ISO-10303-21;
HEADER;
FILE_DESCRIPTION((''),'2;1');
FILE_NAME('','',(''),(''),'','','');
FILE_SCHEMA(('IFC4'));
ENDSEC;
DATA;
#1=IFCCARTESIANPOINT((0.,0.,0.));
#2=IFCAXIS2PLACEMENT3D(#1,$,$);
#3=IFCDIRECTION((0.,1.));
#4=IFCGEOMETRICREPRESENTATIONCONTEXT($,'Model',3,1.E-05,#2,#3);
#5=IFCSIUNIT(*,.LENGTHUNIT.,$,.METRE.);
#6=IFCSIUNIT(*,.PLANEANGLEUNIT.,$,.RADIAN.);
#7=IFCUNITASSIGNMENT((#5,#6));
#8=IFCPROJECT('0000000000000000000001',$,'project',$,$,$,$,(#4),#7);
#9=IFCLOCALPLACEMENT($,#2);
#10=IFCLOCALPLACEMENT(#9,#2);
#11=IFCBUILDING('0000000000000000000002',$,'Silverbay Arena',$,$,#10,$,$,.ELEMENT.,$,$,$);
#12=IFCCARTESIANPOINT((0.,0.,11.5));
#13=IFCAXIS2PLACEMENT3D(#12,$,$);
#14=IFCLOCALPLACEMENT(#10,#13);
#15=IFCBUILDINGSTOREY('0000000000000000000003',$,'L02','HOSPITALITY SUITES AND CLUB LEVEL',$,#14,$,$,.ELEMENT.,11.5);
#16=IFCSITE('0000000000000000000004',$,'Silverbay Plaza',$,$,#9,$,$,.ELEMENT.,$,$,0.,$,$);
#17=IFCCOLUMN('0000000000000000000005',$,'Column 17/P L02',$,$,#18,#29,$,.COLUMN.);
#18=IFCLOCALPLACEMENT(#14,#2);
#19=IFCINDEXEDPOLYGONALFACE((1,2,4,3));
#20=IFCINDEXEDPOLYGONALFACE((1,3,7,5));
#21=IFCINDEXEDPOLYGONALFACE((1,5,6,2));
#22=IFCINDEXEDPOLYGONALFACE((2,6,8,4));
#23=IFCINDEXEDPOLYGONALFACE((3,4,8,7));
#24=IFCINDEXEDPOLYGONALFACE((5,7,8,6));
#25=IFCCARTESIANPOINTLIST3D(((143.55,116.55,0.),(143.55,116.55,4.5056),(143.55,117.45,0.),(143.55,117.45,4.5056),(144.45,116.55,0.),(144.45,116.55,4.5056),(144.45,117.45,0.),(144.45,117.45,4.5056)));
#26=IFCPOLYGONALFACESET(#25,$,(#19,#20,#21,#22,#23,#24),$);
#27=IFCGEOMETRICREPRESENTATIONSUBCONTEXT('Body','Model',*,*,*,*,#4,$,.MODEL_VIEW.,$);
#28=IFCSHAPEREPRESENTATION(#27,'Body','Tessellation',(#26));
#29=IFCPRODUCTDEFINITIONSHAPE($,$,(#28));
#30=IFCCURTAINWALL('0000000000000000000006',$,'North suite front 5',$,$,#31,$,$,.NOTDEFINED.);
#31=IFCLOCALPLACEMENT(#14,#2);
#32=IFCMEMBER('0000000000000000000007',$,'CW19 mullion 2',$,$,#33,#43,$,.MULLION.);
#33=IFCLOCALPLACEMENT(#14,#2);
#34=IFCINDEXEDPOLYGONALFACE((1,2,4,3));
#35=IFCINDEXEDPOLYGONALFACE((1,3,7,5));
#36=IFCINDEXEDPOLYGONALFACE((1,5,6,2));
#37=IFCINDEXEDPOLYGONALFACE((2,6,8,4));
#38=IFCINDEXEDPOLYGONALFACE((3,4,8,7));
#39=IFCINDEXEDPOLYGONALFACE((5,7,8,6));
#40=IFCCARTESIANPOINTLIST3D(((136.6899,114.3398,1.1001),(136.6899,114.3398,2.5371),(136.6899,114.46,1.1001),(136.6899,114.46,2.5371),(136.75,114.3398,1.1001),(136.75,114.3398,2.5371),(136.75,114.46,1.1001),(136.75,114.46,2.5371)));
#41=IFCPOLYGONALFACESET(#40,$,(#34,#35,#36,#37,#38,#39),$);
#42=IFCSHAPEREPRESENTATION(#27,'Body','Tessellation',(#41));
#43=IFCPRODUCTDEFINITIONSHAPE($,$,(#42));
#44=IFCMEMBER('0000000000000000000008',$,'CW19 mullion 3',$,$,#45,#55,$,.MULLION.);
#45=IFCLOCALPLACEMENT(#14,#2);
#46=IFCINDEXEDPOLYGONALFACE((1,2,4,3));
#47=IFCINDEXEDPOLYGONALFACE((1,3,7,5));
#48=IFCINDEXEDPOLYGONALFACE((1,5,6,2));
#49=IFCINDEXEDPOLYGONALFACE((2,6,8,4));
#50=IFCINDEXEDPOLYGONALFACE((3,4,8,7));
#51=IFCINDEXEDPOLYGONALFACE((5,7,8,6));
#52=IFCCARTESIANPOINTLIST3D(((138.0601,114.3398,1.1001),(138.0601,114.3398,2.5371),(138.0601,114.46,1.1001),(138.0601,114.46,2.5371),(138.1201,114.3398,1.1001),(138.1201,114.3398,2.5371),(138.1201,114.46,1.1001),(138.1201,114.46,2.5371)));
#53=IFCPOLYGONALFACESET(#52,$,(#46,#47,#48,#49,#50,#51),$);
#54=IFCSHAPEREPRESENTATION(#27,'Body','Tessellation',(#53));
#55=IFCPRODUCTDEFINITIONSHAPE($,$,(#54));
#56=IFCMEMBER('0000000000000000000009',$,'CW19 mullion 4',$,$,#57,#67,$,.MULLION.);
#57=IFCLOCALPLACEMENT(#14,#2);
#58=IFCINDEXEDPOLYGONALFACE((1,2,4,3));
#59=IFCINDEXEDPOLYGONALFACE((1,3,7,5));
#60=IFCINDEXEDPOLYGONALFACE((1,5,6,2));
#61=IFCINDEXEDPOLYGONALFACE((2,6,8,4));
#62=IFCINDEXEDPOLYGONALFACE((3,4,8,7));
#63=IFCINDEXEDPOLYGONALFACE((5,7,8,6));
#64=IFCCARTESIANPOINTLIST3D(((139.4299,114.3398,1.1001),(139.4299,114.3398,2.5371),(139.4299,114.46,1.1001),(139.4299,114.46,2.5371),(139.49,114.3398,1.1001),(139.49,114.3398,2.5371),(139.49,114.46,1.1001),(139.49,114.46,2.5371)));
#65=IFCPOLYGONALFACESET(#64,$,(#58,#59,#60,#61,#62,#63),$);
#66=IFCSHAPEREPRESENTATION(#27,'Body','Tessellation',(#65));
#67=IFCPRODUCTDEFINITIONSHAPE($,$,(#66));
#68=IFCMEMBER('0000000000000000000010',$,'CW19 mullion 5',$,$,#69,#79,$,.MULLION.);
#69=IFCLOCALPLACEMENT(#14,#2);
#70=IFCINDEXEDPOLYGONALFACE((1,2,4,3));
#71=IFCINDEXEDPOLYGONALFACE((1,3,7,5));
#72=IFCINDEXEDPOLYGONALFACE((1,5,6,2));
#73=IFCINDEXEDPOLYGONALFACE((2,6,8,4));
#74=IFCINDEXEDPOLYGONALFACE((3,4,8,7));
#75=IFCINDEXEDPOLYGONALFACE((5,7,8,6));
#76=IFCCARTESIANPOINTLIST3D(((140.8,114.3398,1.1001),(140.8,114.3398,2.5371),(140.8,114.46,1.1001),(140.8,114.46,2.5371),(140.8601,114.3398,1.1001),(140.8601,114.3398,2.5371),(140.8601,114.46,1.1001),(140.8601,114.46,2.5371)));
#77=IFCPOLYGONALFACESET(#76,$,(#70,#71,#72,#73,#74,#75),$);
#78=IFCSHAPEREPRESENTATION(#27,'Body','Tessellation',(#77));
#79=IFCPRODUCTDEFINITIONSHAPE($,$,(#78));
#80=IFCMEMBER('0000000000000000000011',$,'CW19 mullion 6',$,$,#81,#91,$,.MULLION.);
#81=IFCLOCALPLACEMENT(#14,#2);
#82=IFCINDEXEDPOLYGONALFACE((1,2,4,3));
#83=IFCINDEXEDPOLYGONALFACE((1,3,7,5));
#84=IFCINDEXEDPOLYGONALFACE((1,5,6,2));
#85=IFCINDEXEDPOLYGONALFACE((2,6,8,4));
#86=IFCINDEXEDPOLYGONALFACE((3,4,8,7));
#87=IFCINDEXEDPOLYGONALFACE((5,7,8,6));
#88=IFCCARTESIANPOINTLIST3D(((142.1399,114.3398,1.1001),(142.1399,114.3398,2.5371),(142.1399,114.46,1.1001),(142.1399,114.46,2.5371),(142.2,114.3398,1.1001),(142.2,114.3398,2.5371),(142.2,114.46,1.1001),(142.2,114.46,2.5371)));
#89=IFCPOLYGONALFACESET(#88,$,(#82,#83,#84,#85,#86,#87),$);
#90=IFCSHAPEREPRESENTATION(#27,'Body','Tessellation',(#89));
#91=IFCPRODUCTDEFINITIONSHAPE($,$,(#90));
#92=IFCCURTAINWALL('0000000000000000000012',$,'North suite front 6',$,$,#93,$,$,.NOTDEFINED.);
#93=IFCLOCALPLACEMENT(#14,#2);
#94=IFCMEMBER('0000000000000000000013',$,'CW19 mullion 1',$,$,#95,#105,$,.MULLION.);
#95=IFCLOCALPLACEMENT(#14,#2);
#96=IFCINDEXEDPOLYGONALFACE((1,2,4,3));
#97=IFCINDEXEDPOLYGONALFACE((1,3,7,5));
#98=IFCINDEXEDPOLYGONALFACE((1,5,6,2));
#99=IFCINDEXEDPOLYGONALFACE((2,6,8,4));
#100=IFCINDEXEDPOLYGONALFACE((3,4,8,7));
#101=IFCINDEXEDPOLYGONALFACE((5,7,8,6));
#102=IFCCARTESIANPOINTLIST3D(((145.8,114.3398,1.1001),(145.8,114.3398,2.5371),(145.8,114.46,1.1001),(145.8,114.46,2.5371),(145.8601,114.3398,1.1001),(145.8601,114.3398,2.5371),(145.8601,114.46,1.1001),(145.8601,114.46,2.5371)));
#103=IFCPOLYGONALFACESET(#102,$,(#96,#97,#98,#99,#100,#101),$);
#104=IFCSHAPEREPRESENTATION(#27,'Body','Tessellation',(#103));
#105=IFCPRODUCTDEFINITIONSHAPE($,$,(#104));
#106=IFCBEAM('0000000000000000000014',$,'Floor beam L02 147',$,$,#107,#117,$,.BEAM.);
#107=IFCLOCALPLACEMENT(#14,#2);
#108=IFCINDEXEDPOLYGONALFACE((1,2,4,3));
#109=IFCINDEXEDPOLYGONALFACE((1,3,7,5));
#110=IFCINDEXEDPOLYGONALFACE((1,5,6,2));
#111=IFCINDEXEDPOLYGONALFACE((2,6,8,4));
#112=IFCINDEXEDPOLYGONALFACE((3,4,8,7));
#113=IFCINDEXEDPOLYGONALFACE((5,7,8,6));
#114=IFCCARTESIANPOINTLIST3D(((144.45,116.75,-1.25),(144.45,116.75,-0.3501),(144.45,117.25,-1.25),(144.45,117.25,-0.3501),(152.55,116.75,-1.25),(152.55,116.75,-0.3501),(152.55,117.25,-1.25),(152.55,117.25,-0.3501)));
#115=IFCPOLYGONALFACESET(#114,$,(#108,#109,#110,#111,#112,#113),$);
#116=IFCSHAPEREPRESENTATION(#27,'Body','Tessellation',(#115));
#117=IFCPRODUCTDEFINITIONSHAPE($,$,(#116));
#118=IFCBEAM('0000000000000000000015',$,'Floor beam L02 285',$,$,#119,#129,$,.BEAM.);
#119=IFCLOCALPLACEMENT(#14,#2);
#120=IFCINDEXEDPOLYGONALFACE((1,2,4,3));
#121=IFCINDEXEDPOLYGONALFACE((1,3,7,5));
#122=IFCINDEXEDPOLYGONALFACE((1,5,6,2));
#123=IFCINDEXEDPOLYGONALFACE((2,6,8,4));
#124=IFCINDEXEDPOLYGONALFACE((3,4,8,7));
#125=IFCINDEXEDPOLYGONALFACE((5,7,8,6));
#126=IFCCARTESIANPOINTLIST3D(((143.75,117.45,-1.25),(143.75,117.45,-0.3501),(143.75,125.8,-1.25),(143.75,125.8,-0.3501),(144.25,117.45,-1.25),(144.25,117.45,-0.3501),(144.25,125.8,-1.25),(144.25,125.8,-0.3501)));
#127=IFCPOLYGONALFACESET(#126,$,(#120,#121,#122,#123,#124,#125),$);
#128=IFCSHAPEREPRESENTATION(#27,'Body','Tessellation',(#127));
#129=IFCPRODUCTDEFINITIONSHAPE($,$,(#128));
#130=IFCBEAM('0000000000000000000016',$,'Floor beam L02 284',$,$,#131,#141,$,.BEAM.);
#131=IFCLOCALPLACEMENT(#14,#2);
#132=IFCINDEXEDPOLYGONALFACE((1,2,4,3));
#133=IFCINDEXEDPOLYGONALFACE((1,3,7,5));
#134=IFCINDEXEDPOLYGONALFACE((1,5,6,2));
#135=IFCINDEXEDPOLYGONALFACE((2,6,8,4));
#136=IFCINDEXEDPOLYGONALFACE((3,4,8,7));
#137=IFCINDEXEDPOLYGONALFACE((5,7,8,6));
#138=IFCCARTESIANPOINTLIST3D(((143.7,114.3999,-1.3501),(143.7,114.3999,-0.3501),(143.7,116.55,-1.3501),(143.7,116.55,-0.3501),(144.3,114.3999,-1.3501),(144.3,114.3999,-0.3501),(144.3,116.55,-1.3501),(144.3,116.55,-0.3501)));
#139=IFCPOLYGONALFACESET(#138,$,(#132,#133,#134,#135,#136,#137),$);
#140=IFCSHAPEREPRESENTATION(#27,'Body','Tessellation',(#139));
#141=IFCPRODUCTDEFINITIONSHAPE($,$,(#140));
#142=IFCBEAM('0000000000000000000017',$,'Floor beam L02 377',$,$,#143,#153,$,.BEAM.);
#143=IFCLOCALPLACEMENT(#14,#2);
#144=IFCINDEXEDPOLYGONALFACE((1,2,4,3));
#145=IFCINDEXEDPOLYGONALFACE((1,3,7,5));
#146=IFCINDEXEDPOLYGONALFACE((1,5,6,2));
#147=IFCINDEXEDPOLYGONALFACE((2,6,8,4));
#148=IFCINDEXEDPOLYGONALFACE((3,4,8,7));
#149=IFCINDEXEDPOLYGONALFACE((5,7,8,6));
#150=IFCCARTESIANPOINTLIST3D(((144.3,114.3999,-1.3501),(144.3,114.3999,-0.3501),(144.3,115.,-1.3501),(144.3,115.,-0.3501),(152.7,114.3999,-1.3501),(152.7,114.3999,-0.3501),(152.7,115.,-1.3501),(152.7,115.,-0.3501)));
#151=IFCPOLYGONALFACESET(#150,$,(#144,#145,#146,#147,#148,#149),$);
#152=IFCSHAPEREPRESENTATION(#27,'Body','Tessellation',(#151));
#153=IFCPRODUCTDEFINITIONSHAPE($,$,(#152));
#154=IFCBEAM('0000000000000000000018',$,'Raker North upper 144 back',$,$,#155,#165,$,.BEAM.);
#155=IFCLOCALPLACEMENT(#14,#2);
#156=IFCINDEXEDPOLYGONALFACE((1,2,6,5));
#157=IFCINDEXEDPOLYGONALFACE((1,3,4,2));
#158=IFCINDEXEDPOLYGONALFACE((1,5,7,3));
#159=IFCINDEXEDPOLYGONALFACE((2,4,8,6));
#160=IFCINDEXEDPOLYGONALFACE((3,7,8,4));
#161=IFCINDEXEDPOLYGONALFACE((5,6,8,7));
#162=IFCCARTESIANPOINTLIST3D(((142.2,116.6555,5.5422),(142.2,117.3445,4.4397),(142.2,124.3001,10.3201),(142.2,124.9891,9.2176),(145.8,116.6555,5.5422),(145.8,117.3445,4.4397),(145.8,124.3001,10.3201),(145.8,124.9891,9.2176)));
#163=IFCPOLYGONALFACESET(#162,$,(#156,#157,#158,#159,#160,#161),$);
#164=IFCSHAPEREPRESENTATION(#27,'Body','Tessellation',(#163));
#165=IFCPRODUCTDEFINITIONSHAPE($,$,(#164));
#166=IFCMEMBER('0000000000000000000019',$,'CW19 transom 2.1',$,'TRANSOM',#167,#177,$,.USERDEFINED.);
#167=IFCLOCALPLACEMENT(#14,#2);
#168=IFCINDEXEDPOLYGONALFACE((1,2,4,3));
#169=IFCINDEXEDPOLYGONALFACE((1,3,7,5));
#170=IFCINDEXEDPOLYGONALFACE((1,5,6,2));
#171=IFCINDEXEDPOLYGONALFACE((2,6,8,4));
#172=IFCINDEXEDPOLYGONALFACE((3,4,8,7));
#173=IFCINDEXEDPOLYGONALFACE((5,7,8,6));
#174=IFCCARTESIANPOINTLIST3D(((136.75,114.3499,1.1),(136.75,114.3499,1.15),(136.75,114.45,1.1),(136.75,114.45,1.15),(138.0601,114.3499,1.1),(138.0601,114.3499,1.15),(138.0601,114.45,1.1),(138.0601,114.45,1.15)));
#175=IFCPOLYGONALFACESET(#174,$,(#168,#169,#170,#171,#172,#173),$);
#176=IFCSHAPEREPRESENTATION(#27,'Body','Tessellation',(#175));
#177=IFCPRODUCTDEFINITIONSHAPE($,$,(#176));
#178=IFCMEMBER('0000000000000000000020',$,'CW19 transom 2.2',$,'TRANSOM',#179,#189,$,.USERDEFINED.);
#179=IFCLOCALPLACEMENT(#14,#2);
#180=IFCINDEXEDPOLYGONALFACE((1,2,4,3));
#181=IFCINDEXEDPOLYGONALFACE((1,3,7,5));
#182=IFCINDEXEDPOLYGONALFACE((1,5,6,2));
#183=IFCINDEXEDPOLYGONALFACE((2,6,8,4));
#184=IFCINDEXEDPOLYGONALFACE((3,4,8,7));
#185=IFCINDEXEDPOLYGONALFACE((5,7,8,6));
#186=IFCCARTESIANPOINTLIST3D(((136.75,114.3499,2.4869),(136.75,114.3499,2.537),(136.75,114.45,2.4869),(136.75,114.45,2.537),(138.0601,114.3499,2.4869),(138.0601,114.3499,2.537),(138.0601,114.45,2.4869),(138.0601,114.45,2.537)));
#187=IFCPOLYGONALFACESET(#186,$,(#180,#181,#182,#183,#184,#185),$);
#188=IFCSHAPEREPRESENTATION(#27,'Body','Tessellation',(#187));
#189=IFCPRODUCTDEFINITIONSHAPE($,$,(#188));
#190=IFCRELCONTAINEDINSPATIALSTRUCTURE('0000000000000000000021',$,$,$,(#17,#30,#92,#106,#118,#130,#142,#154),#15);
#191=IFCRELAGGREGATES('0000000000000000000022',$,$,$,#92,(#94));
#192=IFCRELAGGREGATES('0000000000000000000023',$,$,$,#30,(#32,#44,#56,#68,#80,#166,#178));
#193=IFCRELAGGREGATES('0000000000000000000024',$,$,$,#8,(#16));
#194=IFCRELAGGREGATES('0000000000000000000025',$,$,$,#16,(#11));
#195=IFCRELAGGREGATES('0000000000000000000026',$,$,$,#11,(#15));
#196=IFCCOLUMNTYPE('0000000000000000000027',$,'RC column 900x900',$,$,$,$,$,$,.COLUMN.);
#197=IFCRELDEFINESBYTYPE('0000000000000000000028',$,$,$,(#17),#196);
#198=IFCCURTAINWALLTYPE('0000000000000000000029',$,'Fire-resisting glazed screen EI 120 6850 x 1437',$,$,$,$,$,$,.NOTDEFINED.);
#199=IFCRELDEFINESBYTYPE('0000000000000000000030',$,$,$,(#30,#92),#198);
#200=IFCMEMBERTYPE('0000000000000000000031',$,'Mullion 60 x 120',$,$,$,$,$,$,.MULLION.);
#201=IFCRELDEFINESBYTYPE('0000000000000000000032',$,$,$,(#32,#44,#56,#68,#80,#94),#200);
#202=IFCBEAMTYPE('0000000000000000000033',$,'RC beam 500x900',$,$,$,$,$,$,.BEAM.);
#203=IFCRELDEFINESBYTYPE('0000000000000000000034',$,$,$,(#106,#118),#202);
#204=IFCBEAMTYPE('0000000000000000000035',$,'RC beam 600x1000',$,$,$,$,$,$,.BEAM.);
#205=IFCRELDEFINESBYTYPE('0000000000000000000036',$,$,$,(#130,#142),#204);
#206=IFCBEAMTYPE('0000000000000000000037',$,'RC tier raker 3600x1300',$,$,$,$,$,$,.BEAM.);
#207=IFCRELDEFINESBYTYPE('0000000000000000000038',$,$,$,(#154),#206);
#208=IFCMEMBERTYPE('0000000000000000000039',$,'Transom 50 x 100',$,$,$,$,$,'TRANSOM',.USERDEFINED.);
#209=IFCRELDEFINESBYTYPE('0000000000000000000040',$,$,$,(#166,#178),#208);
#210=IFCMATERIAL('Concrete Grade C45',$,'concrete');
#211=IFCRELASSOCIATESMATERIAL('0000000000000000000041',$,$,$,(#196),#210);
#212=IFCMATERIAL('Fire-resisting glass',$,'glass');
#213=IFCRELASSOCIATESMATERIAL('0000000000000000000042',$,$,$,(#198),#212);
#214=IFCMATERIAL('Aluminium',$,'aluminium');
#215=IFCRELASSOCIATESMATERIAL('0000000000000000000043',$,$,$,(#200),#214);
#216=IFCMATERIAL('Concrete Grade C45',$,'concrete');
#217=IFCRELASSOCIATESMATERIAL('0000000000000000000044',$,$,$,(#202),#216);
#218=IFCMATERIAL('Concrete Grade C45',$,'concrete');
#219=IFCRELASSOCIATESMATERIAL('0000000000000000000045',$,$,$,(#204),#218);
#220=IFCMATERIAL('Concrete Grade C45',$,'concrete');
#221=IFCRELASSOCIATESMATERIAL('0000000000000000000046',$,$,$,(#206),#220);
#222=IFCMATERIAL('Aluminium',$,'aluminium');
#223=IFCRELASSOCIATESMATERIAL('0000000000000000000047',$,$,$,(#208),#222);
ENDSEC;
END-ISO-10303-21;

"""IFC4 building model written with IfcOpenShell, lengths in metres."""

from ifc_helpers import new_model, si_unit, direction, frame, origin, origin_2d, place, context, subcontext, project, spatial, rectangle, extrude, material, material_profile, profile_set, type_object, element, aggregate, save


model = new_model("IFC4")

# Units and contexts
model_context = context("Model", 3, precision=1e-05, world=origin(), true_north=direction((0.0, 1.0)))
body_context = subcontext(model_context, "Body", "Model", "MODEL_VIEW")
ifc_project = project(units=[si_unit("LENGTHUNIT", "METRE"), si_unit("PLANEANGLEUNIT", "RADIAN")], contexts=[model_context])

# Site, building, storey
site_placement = place(None, origin())
site = spatial("IfcSite", under=ifc_project, at=site_placement, Name="Silverbay Plaza", CompositionType="ELEMENT", RefElevation=0.0)
building_placement = place(site_placement, origin())
building = spatial("IfcBuilding", under=site, at=building_placement, Name="Silverbay Arena", CompositionType="ELEMENT")
storey_placement = place(building_placement, frame((0.0, 0.0, 11.5)))
storey = spatial("IfcBuildingStorey", under=building, at=storey_placement, Name="L02", Description="HOSPITALITY SUITES AND CLUB LEVEL", CompositionType="ELEMENT", Elevation=11.5)

# Column
ifc_material_1 = material(Name="Concrete Grade C45", Category="concrete")
ifc_material_profile_1 = material_profile(ifc_material_1, rectangle(XDim=0.8999, YDim=0.8999, at=origin_2d()), Name="RC 900x900")
ifc_profile_set_1 = profile_set([ifc_material_profile_1], Name="Concrete Grade C45")
column_type = type_object("IfcColumnType", Name="RC column 900x900", PredefinedType="COLUMN", material=ifc_profile_set_1)
column_placement = place(storey_placement, frame((144.0, 117.0, 0.0), z_axis=(0.0, 0.0, 1.0), x_axis=(1.0, 0.0, 0.0)))
element("IfcColumn", 1, at=column_placement, inside=storey, type_object=column_type, Name="Column 17/P L02", PredefinedType="COLUMN", context=body_context, shape_type="SweptSolid", body=[
    extrude(rectangle(XDim=0.8999, YDim=0.8999, at=origin_2d()), origin(), (0.0, 0.0, 1.0), 4.5056),
])

# Curtain wall, members
ifc_material_2 = material(Name="Fire-resisting glass", Category="glass")
curtain_wall_type = type_object("IfcCurtainWallType", Name="Fire-resisting glazed screen EI 120 6850 x 1437", PredefinedType="NOTDEFINED", material=ifc_material_2)
curtain_wall_1_placement = place(storey_placement, origin())
curtain_wall_1 = element("IfcCurtainWall", 2, at=curtain_wall_1_placement, inside=storey, type_object=curtain_wall_type, Name="North suite front 5", PredefinedType="NOTDEFINED")
ifc_material_3 = material(Name="Aluminium", Category="aluminium")
ifc_material_profile_2 = material_profile(ifc_material_3, rectangle(XDim=0.1201, YDim=0.0601, at=origin_2d()), Name="Mullion 60 x 120")
ifc_profile_set_2 = profile_set([ifc_material_profile_2], Name="Aluminium")
member_type_1 = type_object("IfcMemberType", Name="Mullion 60 x 120", PredefinedType="MULLION", material=ifc_profile_set_2)
member_1_placement = place(storey_placement, frame((136.72, 114.3999, 1.1001), z_axis=(0.0, 0.0, 1.0), x_axis=(0.0, 1.0, 0.0)))
member_1 = element("IfcMember", 3, at=member_1_placement, type_object=member_type_1, Name="CW19 mullion 2", PredefinedType="MULLION", context=body_context, shape_type="SweptSolid", body=[
    extrude(rectangle(XDim=0.1201, YDim=0.0601, at=origin_2d()), origin(), (0.0, 0.0, 1.0), 1.437),
])
member_2_placement = place(storey_placement, frame((138.0901, 114.3999, 1.1001), z_axis=(0.0, 0.0, 1.0), x_axis=(0.0, 1.0, 0.0)))
member_2 = element("IfcMember", 4, at=member_2_placement, type_object=member_type_1, Name="CW19 mullion 3", PredefinedType="MULLION", context=body_context, shape_type="SweptSolid", body=[
    extrude(rectangle(XDim=0.1201, YDim=0.0601, at=origin_2d()), origin(), (0.0, 0.0, 1.0), 1.437),
])
member_3_placement = place(storey_placement, frame((139.46, 114.3999, 1.1001), z_axis=(0.0, 0.0, 1.0), x_axis=(0.0, 1.0, 0.0)))
member_3 = element("IfcMember", 5, at=member_3_placement, type_object=member_type_1, Name="CW19 mullion 4", PredefinedType="MULLION", context=body_context, shape_type="SweptSolid", body=[
    extrude(rectangle(XDim=0.1201, YDim=0.0601, at=origin_2d()), origin(), (0.0, 0.0, 1.0), 1.437),
])
member_4_placement = place(storey_placement, frame((140.8301, 114.3999, 1.1001), z_axis=(0.0, 0.0, 1.0), x_axis=(0.0, 1.0, 0.0)))
member_4 = element("IfcMember", 6, at=member_4_placement, type_object=member_type_1, Name="CW19 mullion 5", PredefinedType="MULLION", context=body_context, shape_type="SweptSolid", body=[
    extrude(rectangle(XDim=0.1201, YDim=0.0601, at=origin_2d()), origin(), (0.0, 0.0, 1.0), 1.437),
])
member_5_placement = place(storey_placement, frame((142.1699, 114.3999, 1.1001), z_axis=(0.0, 0.0, 1.0), x_axis=(0.0, 1.0, 0.0)))
member_5 = element("IfcMember", 7, at=member_5_placement, type_object=member_type_1, Name="CW19 mullion 6", PredefinedType="MULLION", context=body_context, shape_type="SweptSolid", body=[
    extrude(rectangle(XDim=0.1201, YDim=0.0601, at=origin_2d()), origin(), (0.0, 0.0, 1.0), 1.437),
])

# Curtain wall, member
curtain_wall_2_placement = place(storey_placement, origin())
curtain_wall_2 = element("IfcCurtainWall", 8, at=curtain_wall_2_placement, inside=storey, type_object=curtain_wall_type, Name="North suite front 6", PredefinedType="NOTDEFINED")
member_6_placement = place(storey_placement, frame((145.8301, 114.3999, 1.1001), z_axis=(0.0, 0.0, 1.0), x_axis=(0.0, 1.0, 0.0)))
member_6 = element("IfcMember", 9, at=member_6_placement, type_object=member_type_1, Name="CW19 mullion 1", PredefinedType="MULLION", context=body_context, shape_type="SweptSolid", body=[
    extrude(rectangle(XDim=0.1201, YDim=0.0601, at=origin_2d()), origin(), (0.0, 0.0, 1.0), 1.437),
])

# Beams
ifc_material_4 = material(Name="Concrete Grade C45", Category="concrete")
ifc_material_profile_3 = material_profile(ifc_material_4, rectangle(XDim=0.5, YDim=0.8999, at=origin_2d()), Name="RC 500x900")
ifc_profile_set_3 = profile_set([ifc_material_profile_3], Name="Concrete Grade C45")
beam_type_1 = type_object("IfcBeamType", Name="RC beam 500x900", PredefinedType="BEAM", material=ifc_profile_set_3)
beam_1_placement = place(storey_placement, frame((144.45, 117.0, -0.8), z_axis=(1.0, 0.0, 0.0), x_axis=(0.0, 1.0, 0.0)))
element("IfcBeam", 10, at=beam_1_placement, inside=storey, type_object=beam_type_1, Name="Floor beam L02 147", PredefinedType="BEAM", context=body_context, shape_type="SweptSolid", body=[
    extrude(rectangle(XDim=0.5, YDim=0.8999, at=origin_2d()), origin(), (0.0, 0.0, 1.0), 8.1001),
])
beam_2_placement = place(storey_placement, frame((144.0, 117.45, -0.8), z_axis=(0.0, 1.0, 0.0), x_axis=(-1.0, 0.0, 0.0)))
element("IfcBeam", 11, at=beam_2_placement, inside=storey, type_object=beam_type_1, Name="Floor beam L02 285", PredefinedType="BEAM", context=body_context, shape_type="SweptSolid", body=[
    extrude(rectangle(XDim=0.5, YDim=0.8999, at=origin_2d()), origin(), (0.0, 0.0, 1.0), 8.3501),
])
ifc_material_5 = material(Name="Concrete Grade C45", Category="concrete")
ifc_material_profile_4 = material_profile(ifc_material_5, rectangle(XDim=0.6001, YDim=1.0, at=origin_2d()), Name="RC 600x1000")
ifc_profile_set_4 = profile_set([ifc_material_profile_4], Name="Concrete Grade C45")
beam_type_2 = type_object("IfcBeamType", Name="RC beam 600x1000", PredefinedType="BEAM", material=ifc_profile_set_4)
beam_3_placement = place(storey_placement, frame((144.0, 114.3999, -0.8501), z_axis=(0.0, 1.0, 0.0), x_axis=(-1.0, 0.0, 0.0)))
element("IfcBeam", 12, at=beam_3_placement, inside=storey, type_object=beam_type_2, Name="Floor beam L02 284", PredefinedType="BEAM", context=body_context, shape_type="SweptSolid", body=[
    extrude(rectangle(XDim=0.6001, YDim=1.0, at=origin_2d()), origin(), (0.0, 0.0, 1.0), 2.1501),
])
beam_4_placement = place(storey_placement, frame((144.3, 114.7, -0.8501), z_axis=(1.0, 0.0, 0.0), x_axis=(0.0, 1.0, 0.0)))
element("IfcBeam", 13, at=beam_4_placement, inside=storey, type_object=beam_type_2, Name="Floor beam L02 377", PredefinedType="BEAM", context=body_context, shape_type="SweptSolid", body=[
    extrude(rectangle(XDim=0.6001, YDim=1.0, at=origin_2d()), origin(), (0.0, 0.0, 1.0), 8.3999),
])
ifc_material_6 = material(Name="Concrete Grade C45", Category="concrete")
ifc_material_profile_5 = material_profile(ifc_material_6, rectangle(XDim=3.6001, YDim=1.3, at=origin_2d()), Name="RC 3600x1300")
ifc_profile_set_5 = profile_set([ifc_material_profile_5], Name="Concrete Grade C45")
beam_type_3 = type_object("IfcBeamType", Name="RC tier raker 3600x1300", PredefinedType="BEAM", material=ifc_profile_set_5)
beam_5_placement = place(storey_placement, frame((144.0, 117.0, 4.991), z_axis=(0.0, 0.847998, 0.529999), x_axis=(-1.0, 0.0, 0.0)))
element("IfcBeam", 14, at=beam_5_placement, inside=storey, type_object=beam_type_3, Name="Raker North upper 144 back", PredefinedType="BEAM", context=body_context, shape_type="SweptSolid", body=[
    extrude(rectangle(XDim=3.6001, YDim=1.3, at=origin_2d()), origin(), (0.0, 0.0, 1.0), 9.0149),
])

# Members
ifc_material_7 = material(Name="Aluminium", Category="aluminium")
ifc_material_profile_6 = material_profile(ifc_material_7, rectangle(XDim=0.1001, YDim=0.05, at=origin_2d()), Name="Transom 50 x 100")
ifc_profile_set_6 = profile_set([ifc_material_profile_6], Name="Aluminium")
member_type_2 = type_object("IfcMemberType", Name="Transom 50 x 100", ElementType="TRANSOM", PredefinedType="USERDEFINED", material=ifc_profile_set_6)
member_7_placement = place(storey_placement, frame((136.75, 114.3999, 1.125), z_axis=(1.0, 0.0, 0.0), x_axis=(0.0, 1.0, 0.0)))
member_7 = element("IfcMember", 15, at=member_7_placement, type_object=member_type_2, Name="CW19 transom 2.1", ObjectType="TRANSOM", PredefinedType="USERDEFINED", context=body_context, shape_type="SweptSolid", body=[
    extrude(rectangle(XDim=0.1001, YDim=0.05, at=origin_2d()), origin(), (0.0, 0.0, 1.0), 1.3101),
])
member_8_placement = place(storey_placement, frame((136.75, 114.3999, 2.512), z_axis=(1.0, 0.0, 0.0), x_axis=(0.0, 1.0, 0.0)))
member_8 = element("IfcMember", 16, at=member_8_placement, type_object=member_type_2, Name="CW19 transom 2.2", ObjectType="TRANSOM", PredefinedType="USERDEFINED", context=body_context, shape_type="SweptSolid", body=[
    extrude(rectangle(XDim=0.1001, YDim=0.05, at=origin_2d()), origin(), (0.0, 0.0, 1.0), 1.3101),
])
aggregate(curtain_wall_2, [member_6])

aggregate(curtain_wall_1, [member_1, member_2, member_3, member_4, member_5, member_7, member_8])

save(model, "model.ifc")
